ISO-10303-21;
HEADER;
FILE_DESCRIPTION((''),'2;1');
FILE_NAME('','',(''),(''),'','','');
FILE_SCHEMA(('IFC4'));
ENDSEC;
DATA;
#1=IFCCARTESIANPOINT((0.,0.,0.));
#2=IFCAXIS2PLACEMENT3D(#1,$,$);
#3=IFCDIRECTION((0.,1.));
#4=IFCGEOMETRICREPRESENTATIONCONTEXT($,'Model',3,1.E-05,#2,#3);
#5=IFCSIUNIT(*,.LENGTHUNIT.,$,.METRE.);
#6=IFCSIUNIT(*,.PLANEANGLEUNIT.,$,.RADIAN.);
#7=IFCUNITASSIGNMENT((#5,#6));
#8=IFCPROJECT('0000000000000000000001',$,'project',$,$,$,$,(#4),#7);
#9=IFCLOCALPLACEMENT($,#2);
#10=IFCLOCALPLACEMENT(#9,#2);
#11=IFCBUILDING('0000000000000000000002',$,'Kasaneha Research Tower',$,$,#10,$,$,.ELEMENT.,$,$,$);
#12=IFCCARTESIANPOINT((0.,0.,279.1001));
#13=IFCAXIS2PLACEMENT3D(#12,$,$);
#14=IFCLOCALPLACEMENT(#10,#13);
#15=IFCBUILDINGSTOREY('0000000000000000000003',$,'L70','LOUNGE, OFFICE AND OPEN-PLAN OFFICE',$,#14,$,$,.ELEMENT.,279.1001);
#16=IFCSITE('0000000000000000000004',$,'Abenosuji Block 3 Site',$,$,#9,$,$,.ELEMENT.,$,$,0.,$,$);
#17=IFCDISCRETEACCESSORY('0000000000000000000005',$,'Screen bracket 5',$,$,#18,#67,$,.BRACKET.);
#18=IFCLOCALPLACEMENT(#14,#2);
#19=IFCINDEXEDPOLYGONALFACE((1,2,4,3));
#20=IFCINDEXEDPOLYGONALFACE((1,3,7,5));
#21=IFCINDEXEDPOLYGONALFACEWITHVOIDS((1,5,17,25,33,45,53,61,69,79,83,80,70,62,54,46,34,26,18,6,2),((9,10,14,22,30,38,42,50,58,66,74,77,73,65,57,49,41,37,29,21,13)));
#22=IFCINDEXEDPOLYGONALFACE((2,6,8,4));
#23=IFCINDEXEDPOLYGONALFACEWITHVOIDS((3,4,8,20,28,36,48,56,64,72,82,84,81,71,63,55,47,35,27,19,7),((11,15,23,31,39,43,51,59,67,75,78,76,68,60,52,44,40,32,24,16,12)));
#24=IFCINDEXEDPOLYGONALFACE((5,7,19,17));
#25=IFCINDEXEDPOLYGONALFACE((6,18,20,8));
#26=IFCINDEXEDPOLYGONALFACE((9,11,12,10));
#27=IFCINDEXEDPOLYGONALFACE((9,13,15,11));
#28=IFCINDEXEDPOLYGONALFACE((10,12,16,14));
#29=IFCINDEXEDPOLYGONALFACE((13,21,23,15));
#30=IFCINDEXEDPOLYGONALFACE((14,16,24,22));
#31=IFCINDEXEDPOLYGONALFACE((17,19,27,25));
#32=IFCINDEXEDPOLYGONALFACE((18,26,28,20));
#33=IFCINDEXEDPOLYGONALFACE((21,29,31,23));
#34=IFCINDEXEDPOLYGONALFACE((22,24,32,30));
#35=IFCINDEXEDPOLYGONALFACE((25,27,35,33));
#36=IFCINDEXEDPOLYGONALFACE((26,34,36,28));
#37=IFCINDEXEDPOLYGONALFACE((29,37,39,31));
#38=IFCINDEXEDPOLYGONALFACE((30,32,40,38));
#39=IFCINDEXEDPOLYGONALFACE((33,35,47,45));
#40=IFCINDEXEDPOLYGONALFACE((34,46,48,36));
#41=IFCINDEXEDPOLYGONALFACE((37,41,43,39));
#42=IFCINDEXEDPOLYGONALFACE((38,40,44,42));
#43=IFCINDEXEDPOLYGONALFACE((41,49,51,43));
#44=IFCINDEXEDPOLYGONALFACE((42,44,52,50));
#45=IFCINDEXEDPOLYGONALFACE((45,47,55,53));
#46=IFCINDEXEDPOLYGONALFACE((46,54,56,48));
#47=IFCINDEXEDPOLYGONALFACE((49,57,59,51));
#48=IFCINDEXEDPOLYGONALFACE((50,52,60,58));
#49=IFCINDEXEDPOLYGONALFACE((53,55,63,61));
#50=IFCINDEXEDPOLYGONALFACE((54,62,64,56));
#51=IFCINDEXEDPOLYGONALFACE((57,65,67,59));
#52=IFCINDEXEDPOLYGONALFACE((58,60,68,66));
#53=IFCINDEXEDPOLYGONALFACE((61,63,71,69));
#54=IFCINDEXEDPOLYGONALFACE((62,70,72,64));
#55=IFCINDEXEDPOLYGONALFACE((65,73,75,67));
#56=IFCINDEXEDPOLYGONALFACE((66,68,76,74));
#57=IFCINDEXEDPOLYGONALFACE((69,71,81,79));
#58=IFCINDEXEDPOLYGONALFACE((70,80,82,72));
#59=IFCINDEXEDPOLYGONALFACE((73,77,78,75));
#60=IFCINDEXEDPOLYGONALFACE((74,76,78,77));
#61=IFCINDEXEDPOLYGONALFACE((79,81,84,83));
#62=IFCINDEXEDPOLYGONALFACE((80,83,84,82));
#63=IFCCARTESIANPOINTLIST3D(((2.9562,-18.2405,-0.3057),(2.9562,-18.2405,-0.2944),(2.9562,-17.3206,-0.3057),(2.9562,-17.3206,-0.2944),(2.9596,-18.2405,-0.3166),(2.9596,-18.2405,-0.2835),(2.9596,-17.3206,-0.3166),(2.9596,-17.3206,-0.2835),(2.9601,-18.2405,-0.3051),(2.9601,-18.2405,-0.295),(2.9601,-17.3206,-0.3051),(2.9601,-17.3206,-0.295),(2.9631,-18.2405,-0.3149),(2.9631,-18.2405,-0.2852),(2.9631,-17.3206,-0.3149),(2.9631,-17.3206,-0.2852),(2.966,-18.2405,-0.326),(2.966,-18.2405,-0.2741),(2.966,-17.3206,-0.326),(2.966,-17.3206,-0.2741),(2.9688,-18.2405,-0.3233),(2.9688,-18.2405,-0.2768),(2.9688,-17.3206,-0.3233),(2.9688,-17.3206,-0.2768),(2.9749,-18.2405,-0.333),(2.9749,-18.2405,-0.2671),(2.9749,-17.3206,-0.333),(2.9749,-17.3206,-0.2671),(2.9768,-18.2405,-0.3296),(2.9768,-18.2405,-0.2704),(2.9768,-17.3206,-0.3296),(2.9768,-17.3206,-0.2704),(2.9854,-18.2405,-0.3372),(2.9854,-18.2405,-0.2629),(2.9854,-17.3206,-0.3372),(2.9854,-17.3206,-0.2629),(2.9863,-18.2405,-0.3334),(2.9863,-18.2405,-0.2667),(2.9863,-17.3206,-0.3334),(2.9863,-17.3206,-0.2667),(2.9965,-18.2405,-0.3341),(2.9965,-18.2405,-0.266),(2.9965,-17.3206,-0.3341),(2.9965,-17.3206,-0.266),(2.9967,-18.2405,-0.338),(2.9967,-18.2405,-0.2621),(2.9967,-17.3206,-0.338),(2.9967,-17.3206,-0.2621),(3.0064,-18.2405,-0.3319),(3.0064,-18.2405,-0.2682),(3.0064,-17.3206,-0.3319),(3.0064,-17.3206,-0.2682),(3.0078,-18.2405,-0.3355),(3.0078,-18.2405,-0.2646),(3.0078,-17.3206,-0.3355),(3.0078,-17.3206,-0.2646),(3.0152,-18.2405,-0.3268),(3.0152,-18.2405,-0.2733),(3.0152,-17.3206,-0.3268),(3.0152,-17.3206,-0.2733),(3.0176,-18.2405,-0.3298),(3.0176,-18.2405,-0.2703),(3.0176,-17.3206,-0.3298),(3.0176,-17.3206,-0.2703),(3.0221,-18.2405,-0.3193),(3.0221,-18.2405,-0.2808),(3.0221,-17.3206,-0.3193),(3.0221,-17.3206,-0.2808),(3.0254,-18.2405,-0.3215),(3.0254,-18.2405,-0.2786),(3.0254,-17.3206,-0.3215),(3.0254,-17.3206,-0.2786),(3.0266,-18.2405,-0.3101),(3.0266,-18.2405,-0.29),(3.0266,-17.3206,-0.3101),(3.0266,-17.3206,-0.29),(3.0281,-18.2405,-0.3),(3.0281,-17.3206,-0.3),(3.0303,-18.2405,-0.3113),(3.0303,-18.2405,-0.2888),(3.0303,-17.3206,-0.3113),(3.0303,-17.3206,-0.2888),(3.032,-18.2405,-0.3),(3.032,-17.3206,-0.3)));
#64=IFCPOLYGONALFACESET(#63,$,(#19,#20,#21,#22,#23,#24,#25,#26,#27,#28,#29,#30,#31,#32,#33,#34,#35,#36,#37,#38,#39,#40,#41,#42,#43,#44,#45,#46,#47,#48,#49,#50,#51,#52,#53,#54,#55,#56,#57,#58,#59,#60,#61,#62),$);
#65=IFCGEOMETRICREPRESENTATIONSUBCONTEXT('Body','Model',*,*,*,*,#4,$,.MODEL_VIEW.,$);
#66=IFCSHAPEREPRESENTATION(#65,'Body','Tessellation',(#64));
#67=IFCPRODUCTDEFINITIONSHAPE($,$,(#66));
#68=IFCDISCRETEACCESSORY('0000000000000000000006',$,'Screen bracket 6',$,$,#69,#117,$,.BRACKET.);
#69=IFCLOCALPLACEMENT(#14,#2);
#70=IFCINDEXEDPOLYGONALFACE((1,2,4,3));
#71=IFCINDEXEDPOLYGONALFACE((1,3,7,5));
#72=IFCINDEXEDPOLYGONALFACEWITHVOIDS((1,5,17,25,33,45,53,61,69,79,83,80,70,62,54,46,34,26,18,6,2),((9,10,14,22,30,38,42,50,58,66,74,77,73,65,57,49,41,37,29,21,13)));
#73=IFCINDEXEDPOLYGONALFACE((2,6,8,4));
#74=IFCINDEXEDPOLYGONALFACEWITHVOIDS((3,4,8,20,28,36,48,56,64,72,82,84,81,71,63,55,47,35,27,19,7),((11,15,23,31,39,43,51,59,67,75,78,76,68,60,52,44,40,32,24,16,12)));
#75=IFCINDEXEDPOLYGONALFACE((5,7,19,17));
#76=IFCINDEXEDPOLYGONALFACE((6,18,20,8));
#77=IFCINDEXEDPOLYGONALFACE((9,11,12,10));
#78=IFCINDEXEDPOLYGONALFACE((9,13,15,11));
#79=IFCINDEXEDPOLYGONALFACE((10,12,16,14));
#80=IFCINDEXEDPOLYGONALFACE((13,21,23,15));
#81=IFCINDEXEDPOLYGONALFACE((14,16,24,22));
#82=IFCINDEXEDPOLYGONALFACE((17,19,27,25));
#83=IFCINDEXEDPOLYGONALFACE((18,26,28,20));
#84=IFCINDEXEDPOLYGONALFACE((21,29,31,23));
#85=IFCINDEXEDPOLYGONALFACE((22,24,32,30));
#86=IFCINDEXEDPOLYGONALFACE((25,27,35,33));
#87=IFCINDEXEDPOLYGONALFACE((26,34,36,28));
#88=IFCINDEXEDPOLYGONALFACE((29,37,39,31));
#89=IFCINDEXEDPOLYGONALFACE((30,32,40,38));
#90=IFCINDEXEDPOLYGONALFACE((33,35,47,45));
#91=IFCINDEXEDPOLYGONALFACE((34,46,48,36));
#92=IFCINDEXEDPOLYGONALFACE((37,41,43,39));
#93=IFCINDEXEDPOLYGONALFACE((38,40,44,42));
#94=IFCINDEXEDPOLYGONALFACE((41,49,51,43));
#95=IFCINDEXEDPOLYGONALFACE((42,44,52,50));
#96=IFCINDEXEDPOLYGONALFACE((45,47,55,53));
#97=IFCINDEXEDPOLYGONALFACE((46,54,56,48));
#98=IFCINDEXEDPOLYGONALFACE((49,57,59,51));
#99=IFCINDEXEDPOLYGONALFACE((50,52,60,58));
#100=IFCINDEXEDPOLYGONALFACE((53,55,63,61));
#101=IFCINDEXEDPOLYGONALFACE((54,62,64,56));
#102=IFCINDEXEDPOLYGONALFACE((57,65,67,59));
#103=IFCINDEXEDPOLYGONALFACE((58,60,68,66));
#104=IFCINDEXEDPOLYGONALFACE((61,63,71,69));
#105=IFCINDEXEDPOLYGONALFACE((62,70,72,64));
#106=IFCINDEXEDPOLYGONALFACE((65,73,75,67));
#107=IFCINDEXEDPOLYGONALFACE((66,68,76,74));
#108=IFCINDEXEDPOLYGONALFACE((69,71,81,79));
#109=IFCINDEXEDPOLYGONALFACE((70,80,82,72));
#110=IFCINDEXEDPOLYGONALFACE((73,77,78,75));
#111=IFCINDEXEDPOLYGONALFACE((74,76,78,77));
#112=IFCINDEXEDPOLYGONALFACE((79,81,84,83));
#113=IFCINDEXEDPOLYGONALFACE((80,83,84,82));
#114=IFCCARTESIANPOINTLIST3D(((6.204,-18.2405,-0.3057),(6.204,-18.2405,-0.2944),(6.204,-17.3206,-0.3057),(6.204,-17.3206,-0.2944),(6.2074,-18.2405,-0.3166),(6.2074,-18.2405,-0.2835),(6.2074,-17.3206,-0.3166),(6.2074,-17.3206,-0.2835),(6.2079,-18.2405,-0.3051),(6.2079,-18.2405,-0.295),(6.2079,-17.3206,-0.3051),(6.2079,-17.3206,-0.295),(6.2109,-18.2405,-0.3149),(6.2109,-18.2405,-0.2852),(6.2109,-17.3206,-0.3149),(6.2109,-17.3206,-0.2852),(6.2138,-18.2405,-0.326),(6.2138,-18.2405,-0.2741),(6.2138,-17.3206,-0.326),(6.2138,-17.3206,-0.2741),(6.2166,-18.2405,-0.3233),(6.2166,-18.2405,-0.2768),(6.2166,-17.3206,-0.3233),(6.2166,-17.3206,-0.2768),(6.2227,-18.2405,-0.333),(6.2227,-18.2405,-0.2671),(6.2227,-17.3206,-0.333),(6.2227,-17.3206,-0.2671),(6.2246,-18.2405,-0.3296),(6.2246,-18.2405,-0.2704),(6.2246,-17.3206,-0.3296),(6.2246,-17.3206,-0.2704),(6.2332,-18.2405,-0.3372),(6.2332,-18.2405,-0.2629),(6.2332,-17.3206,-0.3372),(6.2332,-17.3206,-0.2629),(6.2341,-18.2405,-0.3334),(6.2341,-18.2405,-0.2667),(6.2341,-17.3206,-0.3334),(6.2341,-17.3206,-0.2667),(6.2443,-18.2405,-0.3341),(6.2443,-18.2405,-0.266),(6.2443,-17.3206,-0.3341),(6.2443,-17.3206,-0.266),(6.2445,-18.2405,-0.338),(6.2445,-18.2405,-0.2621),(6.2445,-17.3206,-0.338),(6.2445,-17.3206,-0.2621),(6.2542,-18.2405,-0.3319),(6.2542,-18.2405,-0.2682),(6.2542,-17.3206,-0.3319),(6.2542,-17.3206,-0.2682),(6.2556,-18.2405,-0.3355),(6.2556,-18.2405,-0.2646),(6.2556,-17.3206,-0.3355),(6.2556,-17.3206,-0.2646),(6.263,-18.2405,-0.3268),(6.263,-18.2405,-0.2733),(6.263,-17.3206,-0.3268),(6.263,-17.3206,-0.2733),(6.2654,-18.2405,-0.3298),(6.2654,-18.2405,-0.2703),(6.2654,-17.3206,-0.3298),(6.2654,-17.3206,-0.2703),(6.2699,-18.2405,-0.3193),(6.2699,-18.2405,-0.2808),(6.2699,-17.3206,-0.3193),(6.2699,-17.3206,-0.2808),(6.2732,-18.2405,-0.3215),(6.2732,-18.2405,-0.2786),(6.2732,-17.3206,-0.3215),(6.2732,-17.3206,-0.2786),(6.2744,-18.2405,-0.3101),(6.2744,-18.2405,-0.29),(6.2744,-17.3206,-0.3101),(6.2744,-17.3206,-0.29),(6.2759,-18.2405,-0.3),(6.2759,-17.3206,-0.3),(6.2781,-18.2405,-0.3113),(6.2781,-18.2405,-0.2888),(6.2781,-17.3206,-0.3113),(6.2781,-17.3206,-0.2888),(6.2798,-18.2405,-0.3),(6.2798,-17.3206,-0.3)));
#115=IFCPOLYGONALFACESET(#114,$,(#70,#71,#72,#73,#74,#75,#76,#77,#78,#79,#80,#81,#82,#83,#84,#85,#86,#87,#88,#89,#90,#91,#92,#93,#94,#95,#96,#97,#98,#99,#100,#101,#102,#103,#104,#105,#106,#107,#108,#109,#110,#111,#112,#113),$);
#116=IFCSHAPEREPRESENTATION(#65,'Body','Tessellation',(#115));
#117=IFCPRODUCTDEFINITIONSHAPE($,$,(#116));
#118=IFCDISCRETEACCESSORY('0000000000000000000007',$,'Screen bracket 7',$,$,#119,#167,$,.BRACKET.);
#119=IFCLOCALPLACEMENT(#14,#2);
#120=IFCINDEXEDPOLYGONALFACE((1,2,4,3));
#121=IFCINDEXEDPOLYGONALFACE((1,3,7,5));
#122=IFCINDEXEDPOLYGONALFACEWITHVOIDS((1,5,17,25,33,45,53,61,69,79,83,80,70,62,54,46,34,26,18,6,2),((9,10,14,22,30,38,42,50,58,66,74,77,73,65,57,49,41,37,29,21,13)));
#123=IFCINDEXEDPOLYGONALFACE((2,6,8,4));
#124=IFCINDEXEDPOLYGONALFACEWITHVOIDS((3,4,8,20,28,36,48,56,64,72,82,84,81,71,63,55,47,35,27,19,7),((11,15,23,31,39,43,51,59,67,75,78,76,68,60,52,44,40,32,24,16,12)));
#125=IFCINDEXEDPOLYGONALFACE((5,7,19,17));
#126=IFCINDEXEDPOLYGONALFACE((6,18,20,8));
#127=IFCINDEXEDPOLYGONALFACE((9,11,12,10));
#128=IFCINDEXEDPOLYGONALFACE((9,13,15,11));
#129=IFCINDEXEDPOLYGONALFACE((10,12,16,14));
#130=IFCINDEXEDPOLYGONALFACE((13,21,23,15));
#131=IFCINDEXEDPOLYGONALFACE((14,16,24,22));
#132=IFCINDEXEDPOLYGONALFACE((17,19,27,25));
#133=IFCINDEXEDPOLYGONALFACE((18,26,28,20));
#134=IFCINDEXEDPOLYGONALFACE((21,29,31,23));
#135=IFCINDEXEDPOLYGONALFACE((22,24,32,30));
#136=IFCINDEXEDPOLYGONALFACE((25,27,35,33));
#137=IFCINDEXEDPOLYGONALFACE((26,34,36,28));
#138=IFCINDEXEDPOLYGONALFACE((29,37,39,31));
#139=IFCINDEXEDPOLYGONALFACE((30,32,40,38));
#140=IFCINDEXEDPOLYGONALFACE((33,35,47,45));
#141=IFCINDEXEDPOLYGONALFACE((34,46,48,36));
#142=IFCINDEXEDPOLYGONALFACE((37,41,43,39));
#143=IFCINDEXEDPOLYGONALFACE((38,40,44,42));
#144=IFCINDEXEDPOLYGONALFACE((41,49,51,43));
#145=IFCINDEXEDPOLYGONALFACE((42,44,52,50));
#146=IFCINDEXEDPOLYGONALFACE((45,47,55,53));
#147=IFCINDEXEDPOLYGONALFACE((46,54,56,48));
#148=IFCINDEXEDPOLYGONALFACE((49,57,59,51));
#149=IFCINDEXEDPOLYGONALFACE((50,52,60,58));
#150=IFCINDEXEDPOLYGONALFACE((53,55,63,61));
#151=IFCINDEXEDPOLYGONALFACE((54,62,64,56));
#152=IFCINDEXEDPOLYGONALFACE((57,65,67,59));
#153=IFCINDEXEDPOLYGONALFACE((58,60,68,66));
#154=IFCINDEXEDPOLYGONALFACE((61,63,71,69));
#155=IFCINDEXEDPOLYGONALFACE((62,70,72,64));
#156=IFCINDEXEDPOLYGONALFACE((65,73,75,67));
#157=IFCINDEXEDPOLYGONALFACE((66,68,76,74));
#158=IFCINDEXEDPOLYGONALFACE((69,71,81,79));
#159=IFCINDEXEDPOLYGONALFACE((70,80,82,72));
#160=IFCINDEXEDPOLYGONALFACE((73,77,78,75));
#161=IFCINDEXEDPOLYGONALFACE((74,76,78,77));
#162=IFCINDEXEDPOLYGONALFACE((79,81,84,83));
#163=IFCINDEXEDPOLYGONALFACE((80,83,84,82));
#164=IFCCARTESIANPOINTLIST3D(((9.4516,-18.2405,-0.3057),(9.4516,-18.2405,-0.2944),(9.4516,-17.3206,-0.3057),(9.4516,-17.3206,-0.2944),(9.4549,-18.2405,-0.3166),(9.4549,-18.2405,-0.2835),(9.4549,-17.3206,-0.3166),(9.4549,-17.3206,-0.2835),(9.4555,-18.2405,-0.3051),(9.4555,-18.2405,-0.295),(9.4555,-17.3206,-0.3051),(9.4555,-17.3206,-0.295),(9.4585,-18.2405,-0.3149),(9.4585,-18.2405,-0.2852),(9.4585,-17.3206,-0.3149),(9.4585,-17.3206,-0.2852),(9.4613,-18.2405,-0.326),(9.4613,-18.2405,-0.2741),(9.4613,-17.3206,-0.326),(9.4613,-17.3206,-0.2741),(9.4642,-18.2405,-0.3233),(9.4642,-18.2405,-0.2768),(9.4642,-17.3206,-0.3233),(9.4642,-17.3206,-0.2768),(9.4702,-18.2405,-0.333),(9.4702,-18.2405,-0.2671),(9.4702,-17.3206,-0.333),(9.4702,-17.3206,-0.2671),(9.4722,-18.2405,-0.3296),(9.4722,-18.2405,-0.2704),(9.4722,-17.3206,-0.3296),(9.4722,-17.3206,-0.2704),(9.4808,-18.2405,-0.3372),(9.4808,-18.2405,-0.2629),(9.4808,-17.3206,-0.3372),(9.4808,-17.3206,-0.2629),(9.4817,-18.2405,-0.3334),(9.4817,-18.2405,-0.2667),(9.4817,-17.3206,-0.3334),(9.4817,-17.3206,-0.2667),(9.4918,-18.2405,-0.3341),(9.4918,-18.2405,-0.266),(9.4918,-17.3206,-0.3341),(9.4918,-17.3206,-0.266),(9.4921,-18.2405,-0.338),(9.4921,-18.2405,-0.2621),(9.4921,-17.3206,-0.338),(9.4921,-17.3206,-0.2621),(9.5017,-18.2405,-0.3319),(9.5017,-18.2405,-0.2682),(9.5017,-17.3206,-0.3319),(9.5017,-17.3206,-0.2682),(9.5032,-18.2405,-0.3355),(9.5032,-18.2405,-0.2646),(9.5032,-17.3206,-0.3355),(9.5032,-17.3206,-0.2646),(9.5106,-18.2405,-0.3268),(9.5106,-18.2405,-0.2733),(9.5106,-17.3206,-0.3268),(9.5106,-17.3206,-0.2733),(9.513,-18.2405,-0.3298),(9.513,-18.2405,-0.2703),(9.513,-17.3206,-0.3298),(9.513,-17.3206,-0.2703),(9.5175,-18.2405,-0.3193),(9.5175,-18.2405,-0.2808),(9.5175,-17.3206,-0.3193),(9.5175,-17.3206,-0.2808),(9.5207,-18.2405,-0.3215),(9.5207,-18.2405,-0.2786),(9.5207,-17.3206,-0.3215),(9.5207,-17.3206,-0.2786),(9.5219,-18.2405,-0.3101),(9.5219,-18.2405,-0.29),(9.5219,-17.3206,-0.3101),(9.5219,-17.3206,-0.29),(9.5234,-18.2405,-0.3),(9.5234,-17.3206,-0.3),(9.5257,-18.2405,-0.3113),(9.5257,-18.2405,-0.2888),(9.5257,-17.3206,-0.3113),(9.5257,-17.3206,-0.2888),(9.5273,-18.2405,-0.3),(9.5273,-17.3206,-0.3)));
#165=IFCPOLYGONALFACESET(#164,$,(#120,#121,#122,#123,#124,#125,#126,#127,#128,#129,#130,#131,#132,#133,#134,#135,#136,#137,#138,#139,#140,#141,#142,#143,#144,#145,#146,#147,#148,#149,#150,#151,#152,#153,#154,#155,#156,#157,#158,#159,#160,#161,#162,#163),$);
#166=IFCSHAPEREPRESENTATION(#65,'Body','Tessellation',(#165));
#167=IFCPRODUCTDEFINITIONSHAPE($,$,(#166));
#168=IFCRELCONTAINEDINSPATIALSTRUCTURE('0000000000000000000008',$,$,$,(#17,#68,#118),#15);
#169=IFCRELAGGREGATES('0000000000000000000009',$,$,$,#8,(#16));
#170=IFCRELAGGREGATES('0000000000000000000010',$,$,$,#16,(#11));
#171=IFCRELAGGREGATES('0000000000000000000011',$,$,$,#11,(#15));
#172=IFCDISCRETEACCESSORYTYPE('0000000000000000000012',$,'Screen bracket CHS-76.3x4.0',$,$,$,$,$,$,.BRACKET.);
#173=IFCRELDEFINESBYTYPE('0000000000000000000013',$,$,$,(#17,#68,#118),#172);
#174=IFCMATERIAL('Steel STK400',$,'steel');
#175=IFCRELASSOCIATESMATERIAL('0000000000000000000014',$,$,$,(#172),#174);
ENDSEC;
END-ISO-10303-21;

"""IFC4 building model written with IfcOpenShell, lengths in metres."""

from ifc_helpers import new_model, si_unit, direction, frame, origin, origin_2d, place, context, subcontext, project, spatial, hollow_circle, extrude, material, material_profile, profile_set, type_object, element, save


model = new_model("IFC4")

# Units and contexts
model_context = context("Model", 3, precision=1e-05, world=origin(), true_north=direction((0.0, 1.0)))
body_context = subcontext(model_context, "Body", "Model", "MODEL_VIEW")
ifc_project = project(units=[si_unit("LENGTHUNIT", "METRE"), si_unit("PLANEANGLEUNIT", "RADIAN")], contexts=[model_context])

# Site, building, storey
site_placement = place(None, origin())
site = spatial("IfcSite", under=ifc_project, at=site_placement, Name="Abenosuji Block 3 Site", CompositionType="ELEMENT", RefElevation=0.0)
building_placement = place(site_placement, origin())
building = spatial("IfcBuilding", under=site, at=building_placement, Name="Kasaneha Research Tower", CompositionType="ELEMENT")
storey_placement = place(building_placement, frame((0.0, 0.0, 279.1001)))
storey = spatial("IfcBuildingStorey", under=building, at=storey_placement, Name="L70", Description="LOUNGE, OFFICE AND OPEN-PLAN OFFICE", CompositionType="ELEMENT", Elevation=279.1001)

# Discrete accessories
ifc_material_1 = material(Name="Steel STK400", Category="steel")
ifc_material_profile_1 = material_profile(ifc_material_1, hollow_circle(Radius=0.0381, WallThickness=0.0039, at=origin_2d()), Name="CHS-76.3x4.0")
ifc_profile_set_1 = profile_set([ifc_material_profile_1], Name="Steel STK400")
discrete_accessory_type = type_object("IfcDiscreteAccessoryType", Name="Screen bracket CHS-76.3x4.0", PredefinedType="BRACKET", material=ifc_profile_set_1)
for number, where, z_axis, x_axis, name in (
    (1, (2.9939, -17.3206, -0.3), (0.0, -1.0, 0.0), (1.0, 0.0, 0.0), "Screen bracket 5"),
    (2, (6.2417, -17.3206, -0.3), (0.0, -1.0, 0.0), (1.0, 0.0, 0.0), "Screen bracket 6"),
    (3, (9.4893, -17.3206, -0.3), (0.0, -1.0, 0.0), (1.0, 0.0, 0.0), "Screen bracket 7"),
):
    element("IfcDiscreteAccessory", number, at=place(storey_placement, frame(where, z_axis=z_axis, x_axis=x_axis)), inside=storey, type_object=discrete_accessory_type, Name=name, PredefinedType="BRACKET", context=body_context, shape_type="SweptSolid", body=[
        extrude(hollow_circle(Radius=0.0381, WallThickness=0.0039, at=origin_2d()), origin(), (0.0, 0.0, 1.0), 0.9199),
    ])

save(model, "model.ifc")
